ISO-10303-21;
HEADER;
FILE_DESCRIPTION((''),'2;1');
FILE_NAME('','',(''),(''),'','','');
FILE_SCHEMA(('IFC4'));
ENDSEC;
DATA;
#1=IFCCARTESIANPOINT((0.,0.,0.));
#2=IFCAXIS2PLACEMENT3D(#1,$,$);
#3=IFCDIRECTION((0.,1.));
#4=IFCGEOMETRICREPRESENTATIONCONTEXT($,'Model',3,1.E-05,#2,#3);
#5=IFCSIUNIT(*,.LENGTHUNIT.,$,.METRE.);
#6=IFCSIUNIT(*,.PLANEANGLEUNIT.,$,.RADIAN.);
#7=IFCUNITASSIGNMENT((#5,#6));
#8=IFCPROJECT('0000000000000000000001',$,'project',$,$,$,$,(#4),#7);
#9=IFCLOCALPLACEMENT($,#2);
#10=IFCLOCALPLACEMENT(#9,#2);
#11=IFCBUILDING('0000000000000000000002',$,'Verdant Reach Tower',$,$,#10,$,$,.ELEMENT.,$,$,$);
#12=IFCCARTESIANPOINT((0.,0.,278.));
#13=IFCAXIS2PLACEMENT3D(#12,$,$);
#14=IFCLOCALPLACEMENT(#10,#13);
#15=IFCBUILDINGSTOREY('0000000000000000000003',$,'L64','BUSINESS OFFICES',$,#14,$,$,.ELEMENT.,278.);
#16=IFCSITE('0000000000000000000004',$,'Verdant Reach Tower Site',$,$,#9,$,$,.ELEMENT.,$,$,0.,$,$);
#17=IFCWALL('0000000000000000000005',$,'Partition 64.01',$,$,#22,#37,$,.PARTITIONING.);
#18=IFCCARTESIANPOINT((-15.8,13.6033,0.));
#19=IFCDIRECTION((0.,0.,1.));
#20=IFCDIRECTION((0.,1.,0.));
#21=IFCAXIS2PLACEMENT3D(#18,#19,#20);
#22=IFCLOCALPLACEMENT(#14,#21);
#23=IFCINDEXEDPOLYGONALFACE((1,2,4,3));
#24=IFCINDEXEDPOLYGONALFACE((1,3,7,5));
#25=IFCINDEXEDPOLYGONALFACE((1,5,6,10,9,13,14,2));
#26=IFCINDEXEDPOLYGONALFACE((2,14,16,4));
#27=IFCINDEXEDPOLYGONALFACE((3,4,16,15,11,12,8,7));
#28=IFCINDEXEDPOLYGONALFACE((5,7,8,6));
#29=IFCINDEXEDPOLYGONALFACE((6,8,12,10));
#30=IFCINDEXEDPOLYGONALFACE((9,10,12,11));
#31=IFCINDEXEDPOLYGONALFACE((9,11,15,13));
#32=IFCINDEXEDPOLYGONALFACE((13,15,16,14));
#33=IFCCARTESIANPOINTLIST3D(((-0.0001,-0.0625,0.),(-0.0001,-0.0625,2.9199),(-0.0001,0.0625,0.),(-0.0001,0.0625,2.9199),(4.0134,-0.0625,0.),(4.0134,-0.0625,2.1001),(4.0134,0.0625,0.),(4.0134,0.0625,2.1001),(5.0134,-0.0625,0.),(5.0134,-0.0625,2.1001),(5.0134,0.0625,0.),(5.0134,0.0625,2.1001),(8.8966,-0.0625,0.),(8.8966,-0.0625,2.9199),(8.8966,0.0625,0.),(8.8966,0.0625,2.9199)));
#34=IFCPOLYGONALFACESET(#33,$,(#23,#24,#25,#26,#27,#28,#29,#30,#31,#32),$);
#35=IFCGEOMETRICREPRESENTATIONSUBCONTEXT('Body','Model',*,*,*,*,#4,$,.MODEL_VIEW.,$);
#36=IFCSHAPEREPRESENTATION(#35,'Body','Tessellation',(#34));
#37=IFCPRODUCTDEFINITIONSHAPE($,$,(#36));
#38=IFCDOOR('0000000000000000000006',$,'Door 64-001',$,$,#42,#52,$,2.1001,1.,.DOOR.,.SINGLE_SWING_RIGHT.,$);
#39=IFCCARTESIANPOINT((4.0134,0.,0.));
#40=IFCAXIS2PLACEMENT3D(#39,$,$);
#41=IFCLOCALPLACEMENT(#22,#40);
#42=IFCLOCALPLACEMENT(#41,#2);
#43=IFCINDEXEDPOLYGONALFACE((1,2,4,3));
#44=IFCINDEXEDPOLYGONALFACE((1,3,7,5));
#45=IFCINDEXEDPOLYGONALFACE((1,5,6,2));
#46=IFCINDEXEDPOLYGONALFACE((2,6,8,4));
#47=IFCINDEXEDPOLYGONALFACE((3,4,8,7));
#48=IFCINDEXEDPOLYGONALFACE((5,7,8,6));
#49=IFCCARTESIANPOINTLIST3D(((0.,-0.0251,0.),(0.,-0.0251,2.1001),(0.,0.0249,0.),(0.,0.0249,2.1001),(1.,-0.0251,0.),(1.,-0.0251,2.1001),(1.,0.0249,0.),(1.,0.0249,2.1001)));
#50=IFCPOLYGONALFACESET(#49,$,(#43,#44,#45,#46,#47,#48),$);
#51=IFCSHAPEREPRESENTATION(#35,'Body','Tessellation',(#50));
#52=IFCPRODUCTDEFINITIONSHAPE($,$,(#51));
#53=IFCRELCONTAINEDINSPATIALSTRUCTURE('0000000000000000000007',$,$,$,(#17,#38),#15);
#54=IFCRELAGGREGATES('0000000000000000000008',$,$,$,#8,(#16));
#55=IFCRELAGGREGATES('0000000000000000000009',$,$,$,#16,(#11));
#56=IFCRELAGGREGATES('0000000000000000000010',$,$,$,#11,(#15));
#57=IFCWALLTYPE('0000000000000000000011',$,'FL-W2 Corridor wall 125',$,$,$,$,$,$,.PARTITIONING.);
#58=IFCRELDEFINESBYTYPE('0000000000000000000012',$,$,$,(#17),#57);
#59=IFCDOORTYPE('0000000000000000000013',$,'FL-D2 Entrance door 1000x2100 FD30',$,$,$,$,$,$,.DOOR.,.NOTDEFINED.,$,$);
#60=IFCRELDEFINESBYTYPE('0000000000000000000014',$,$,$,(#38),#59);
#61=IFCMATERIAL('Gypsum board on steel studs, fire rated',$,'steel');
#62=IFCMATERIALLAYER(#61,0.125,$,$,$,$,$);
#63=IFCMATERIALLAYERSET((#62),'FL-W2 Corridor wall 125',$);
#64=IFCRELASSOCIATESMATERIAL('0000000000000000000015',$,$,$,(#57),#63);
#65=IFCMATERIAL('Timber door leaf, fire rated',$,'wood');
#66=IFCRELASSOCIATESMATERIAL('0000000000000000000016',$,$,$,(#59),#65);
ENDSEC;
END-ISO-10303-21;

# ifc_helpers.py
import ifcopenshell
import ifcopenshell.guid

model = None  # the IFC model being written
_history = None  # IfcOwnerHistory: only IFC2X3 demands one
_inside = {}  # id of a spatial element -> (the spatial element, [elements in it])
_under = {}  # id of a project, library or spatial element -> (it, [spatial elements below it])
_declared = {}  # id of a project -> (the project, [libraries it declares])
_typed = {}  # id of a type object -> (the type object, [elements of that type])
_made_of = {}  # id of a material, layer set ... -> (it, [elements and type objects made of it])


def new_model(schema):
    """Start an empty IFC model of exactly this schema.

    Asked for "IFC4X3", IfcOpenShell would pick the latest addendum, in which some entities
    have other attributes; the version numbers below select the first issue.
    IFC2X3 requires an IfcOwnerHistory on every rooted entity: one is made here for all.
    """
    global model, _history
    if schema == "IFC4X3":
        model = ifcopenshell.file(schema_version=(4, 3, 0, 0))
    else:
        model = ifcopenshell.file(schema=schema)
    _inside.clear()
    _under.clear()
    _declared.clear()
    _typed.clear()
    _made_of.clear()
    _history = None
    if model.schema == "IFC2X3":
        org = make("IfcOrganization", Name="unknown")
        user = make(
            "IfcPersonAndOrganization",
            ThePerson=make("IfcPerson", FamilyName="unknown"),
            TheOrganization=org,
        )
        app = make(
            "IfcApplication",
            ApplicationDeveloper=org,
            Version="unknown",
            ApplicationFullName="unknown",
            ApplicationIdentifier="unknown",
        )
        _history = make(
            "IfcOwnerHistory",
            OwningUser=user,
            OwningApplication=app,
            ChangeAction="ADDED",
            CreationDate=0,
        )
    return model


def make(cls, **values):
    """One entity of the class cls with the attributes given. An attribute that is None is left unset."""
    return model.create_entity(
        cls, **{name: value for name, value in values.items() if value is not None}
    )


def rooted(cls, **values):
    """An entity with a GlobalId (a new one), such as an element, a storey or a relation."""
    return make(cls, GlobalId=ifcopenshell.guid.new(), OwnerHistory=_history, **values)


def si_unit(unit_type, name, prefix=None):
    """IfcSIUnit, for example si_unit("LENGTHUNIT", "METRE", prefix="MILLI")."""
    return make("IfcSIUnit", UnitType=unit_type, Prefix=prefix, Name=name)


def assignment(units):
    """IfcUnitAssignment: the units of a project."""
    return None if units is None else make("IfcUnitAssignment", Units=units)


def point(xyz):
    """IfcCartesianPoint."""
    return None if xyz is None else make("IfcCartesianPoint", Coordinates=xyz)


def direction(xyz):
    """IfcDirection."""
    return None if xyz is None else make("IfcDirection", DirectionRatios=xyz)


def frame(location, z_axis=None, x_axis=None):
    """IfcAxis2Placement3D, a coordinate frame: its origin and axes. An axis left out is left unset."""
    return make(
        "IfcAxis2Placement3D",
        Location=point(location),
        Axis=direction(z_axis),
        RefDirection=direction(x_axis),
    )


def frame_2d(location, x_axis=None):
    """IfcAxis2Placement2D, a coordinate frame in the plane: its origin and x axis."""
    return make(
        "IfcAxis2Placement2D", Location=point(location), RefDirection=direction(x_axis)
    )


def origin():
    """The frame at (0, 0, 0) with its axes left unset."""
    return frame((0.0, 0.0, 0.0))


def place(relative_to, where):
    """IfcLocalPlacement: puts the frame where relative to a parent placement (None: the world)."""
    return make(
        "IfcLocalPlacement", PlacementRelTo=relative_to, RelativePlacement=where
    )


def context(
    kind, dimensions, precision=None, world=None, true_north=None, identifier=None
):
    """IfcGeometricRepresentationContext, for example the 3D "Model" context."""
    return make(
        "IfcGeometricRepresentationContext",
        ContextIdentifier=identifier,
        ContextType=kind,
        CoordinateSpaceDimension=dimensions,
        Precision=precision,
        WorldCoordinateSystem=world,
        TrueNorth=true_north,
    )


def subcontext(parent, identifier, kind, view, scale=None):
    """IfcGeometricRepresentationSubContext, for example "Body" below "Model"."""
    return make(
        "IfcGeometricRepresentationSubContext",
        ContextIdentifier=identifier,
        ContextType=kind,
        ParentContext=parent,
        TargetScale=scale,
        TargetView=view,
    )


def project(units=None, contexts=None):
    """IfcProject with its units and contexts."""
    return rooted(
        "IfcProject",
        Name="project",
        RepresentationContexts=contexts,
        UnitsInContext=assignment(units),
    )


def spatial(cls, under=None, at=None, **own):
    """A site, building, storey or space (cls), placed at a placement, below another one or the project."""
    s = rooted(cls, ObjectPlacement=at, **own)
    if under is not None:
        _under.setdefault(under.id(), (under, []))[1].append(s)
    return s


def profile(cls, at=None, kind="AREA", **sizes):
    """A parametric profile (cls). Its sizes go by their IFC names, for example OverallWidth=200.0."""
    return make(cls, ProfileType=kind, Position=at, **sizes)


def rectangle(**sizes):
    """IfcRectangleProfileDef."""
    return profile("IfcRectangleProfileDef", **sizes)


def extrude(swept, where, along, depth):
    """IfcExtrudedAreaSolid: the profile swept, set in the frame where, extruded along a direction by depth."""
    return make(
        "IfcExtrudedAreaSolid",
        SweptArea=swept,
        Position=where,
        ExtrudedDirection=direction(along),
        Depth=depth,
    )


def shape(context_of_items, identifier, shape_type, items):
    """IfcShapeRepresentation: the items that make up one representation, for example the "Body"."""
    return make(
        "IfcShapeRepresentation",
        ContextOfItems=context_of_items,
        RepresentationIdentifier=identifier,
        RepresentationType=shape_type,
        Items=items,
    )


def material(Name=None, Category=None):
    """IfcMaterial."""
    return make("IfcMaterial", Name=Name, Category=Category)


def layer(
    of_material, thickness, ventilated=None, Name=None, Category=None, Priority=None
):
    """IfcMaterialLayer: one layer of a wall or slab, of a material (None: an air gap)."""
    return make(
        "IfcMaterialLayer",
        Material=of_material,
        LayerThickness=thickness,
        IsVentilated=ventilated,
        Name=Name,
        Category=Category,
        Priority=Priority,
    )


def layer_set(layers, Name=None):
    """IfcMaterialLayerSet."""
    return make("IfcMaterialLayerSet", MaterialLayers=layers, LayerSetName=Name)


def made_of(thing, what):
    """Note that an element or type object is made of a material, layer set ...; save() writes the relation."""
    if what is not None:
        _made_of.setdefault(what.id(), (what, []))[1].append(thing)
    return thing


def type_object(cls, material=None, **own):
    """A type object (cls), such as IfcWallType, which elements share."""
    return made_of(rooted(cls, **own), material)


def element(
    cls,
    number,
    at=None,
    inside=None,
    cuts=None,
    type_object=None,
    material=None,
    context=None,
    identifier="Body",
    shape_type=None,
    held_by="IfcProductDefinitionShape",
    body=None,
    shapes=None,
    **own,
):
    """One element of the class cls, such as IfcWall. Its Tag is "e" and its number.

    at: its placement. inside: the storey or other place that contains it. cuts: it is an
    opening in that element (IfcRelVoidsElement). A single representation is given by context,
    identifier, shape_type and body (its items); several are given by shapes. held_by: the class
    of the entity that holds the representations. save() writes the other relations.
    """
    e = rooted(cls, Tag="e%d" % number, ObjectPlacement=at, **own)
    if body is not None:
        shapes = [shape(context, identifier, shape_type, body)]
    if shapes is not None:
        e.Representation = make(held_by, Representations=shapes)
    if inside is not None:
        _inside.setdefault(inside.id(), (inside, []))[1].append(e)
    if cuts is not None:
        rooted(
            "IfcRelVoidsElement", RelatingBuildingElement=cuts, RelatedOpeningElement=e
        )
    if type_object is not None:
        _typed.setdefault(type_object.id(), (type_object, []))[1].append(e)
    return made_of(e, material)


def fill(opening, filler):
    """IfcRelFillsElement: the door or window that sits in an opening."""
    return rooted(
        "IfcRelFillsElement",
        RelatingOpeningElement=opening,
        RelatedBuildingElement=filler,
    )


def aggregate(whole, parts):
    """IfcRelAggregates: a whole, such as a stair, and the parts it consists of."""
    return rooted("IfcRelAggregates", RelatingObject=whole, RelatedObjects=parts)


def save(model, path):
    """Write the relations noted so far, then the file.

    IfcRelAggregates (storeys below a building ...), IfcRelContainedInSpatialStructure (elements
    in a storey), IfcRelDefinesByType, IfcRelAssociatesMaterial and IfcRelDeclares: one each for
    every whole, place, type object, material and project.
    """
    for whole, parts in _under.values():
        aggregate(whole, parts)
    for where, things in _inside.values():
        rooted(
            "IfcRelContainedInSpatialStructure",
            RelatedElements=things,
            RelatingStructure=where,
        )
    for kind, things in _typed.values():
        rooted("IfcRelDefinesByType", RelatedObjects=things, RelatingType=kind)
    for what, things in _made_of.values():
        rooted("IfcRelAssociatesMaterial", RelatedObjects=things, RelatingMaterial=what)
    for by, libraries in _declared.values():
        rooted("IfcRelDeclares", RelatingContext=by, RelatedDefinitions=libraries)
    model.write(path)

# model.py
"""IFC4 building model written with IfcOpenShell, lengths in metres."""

from ifc_helpers import new_model, si_unit, direction, frame, frame_2d, origin, place, context, subcontext, project, spatial, rectangle, extrude, material, layer, layer_set, type_object, element, fill, save


model = new_model("IFC4")

# Units and contexts
model_context = context("Model", 3, precision=1e-05, world=origin(), true_north=direction((0.0, 1.0)))
body_context = subcontext(model_context, "Body", "Model", "MODEL_VIEW")
ifc_project = project(units=[si_unit("LENGTHUNIT", "METRE"), si_unit("PLANEANGLEUNIT", "RADIAN")], contexts=[model_context])

# Site, building, storey
site_placement = place(None, origin())
site = spatial("IfcSite", under=ifc_project, at=site_placement, Name="Verdant Reach Tower Site", CompositionType="ELEMENT", RefElevation=0.0)
building_placement = place(site_placement, origin())
building = spatial("IfcBuilding", under=site, at=building_placement, Name="Verdant Reach Tower", CompositionType="ELEMENT")
storey_placement = place(building_placement, frame((0.0, 0.0, 278.0)))
storey = spatial("IfcBuildingStorey", under=building, at=storey_placement, Name="L64", Description="BUSINESS OFFICES", CompositionType="ELEMENT", Elevation=278.0)

# Wall, opening, door
ifc_material_1 = material(Name="Gypsum board on steel studs, fire rated", Category="steel")
ifc_layer_1 = layer(ifc_material_1, 0.125)
ifc_layer_set_1 = layer_set([ifc_layer_1], Name="FL-W2 Corridor wall 125")
wall_type = type_object("IfcWallType", Name="FL-W2 Corridor wall 125", PredefinedType="PARTITIONING", material=ifc_layer_set_1)
wall_1_placement = place(storey_placement, frame((-15.8, 13.6033, 0.0), z_axis=(0.0, 0.0, 1.0), x_axis=(0.0, 1.0, 0.0)))
wall_1 = element("IfcWall", 1, at=wall_1_placement, inside=storey, type_object=wall_type, Name="Partition 64.01", PredefinedType="PARTITIONING", context=body_context, shape_type="SweptSolid", body=[
    extrude(rectangle(XDim=8.8967, YDim=0.125, at=frame_2d((4.4482, 0.0))), origin(), (0.0, 0.0, 1.0), 2.9199),
])
opening_1_placement = place(wall_1_placement, frame((4.0134, 0.0, 0.0)))
opening_1 = element("IfcOpeningElement", 2, at=opening_1_placement, cuts=wall_1, PredefinedType="OPENING", context=body_context, shape_type="SweptSolid", body=[
    extrude(rectangle(XDim=1.0, YDim=2.1001, at=frame_2d((0.5, 1.05))), frame((0.0, 0.0725, 0.0), z_axis=(0.0, -1.0, 0.0), x_axis=(1.0, 0.0, 0.0)), (0.0, 0.0, 1.0), 0.145),
])
ifc_material_2 = material(Name="Timber door leaf, fire rated", Category="wood")
door_type = type_object("IfcDoorType", Name="FL-D2 Entrance door 1000x2100 FD30", OperationType="NOTDEFINED", PredefinedType="DOOR", material=ifc_material_2)
door_1_placement = place(opening_1_placement, origin())
door_1 = element("IfcDoor", 3, at=door_1_placement, inside=storey, type_object=door_type, Name="Door 64-001", OperationType="SINGLE_SWING_RIGHT", OverallHeight=2.1001, OverallWidth=1.0, PredefinedType="DOOR", context=body_context, shape_type="SweptSolid", body=[
    extrude(rectangle(XDim=1.0, YDim=2.1001, at=frame_2d((0.5, 1.05))), frame((0.0, 0.0249, 0.0), z_axis=(0.0, -1.0, 0.0), x_axis=(1.0, 0.0, 0.0)), (0.0, 0.0, 1.0), 0.05),
])
fill(opening_1, door_1)

save(model, "model.ifc")
